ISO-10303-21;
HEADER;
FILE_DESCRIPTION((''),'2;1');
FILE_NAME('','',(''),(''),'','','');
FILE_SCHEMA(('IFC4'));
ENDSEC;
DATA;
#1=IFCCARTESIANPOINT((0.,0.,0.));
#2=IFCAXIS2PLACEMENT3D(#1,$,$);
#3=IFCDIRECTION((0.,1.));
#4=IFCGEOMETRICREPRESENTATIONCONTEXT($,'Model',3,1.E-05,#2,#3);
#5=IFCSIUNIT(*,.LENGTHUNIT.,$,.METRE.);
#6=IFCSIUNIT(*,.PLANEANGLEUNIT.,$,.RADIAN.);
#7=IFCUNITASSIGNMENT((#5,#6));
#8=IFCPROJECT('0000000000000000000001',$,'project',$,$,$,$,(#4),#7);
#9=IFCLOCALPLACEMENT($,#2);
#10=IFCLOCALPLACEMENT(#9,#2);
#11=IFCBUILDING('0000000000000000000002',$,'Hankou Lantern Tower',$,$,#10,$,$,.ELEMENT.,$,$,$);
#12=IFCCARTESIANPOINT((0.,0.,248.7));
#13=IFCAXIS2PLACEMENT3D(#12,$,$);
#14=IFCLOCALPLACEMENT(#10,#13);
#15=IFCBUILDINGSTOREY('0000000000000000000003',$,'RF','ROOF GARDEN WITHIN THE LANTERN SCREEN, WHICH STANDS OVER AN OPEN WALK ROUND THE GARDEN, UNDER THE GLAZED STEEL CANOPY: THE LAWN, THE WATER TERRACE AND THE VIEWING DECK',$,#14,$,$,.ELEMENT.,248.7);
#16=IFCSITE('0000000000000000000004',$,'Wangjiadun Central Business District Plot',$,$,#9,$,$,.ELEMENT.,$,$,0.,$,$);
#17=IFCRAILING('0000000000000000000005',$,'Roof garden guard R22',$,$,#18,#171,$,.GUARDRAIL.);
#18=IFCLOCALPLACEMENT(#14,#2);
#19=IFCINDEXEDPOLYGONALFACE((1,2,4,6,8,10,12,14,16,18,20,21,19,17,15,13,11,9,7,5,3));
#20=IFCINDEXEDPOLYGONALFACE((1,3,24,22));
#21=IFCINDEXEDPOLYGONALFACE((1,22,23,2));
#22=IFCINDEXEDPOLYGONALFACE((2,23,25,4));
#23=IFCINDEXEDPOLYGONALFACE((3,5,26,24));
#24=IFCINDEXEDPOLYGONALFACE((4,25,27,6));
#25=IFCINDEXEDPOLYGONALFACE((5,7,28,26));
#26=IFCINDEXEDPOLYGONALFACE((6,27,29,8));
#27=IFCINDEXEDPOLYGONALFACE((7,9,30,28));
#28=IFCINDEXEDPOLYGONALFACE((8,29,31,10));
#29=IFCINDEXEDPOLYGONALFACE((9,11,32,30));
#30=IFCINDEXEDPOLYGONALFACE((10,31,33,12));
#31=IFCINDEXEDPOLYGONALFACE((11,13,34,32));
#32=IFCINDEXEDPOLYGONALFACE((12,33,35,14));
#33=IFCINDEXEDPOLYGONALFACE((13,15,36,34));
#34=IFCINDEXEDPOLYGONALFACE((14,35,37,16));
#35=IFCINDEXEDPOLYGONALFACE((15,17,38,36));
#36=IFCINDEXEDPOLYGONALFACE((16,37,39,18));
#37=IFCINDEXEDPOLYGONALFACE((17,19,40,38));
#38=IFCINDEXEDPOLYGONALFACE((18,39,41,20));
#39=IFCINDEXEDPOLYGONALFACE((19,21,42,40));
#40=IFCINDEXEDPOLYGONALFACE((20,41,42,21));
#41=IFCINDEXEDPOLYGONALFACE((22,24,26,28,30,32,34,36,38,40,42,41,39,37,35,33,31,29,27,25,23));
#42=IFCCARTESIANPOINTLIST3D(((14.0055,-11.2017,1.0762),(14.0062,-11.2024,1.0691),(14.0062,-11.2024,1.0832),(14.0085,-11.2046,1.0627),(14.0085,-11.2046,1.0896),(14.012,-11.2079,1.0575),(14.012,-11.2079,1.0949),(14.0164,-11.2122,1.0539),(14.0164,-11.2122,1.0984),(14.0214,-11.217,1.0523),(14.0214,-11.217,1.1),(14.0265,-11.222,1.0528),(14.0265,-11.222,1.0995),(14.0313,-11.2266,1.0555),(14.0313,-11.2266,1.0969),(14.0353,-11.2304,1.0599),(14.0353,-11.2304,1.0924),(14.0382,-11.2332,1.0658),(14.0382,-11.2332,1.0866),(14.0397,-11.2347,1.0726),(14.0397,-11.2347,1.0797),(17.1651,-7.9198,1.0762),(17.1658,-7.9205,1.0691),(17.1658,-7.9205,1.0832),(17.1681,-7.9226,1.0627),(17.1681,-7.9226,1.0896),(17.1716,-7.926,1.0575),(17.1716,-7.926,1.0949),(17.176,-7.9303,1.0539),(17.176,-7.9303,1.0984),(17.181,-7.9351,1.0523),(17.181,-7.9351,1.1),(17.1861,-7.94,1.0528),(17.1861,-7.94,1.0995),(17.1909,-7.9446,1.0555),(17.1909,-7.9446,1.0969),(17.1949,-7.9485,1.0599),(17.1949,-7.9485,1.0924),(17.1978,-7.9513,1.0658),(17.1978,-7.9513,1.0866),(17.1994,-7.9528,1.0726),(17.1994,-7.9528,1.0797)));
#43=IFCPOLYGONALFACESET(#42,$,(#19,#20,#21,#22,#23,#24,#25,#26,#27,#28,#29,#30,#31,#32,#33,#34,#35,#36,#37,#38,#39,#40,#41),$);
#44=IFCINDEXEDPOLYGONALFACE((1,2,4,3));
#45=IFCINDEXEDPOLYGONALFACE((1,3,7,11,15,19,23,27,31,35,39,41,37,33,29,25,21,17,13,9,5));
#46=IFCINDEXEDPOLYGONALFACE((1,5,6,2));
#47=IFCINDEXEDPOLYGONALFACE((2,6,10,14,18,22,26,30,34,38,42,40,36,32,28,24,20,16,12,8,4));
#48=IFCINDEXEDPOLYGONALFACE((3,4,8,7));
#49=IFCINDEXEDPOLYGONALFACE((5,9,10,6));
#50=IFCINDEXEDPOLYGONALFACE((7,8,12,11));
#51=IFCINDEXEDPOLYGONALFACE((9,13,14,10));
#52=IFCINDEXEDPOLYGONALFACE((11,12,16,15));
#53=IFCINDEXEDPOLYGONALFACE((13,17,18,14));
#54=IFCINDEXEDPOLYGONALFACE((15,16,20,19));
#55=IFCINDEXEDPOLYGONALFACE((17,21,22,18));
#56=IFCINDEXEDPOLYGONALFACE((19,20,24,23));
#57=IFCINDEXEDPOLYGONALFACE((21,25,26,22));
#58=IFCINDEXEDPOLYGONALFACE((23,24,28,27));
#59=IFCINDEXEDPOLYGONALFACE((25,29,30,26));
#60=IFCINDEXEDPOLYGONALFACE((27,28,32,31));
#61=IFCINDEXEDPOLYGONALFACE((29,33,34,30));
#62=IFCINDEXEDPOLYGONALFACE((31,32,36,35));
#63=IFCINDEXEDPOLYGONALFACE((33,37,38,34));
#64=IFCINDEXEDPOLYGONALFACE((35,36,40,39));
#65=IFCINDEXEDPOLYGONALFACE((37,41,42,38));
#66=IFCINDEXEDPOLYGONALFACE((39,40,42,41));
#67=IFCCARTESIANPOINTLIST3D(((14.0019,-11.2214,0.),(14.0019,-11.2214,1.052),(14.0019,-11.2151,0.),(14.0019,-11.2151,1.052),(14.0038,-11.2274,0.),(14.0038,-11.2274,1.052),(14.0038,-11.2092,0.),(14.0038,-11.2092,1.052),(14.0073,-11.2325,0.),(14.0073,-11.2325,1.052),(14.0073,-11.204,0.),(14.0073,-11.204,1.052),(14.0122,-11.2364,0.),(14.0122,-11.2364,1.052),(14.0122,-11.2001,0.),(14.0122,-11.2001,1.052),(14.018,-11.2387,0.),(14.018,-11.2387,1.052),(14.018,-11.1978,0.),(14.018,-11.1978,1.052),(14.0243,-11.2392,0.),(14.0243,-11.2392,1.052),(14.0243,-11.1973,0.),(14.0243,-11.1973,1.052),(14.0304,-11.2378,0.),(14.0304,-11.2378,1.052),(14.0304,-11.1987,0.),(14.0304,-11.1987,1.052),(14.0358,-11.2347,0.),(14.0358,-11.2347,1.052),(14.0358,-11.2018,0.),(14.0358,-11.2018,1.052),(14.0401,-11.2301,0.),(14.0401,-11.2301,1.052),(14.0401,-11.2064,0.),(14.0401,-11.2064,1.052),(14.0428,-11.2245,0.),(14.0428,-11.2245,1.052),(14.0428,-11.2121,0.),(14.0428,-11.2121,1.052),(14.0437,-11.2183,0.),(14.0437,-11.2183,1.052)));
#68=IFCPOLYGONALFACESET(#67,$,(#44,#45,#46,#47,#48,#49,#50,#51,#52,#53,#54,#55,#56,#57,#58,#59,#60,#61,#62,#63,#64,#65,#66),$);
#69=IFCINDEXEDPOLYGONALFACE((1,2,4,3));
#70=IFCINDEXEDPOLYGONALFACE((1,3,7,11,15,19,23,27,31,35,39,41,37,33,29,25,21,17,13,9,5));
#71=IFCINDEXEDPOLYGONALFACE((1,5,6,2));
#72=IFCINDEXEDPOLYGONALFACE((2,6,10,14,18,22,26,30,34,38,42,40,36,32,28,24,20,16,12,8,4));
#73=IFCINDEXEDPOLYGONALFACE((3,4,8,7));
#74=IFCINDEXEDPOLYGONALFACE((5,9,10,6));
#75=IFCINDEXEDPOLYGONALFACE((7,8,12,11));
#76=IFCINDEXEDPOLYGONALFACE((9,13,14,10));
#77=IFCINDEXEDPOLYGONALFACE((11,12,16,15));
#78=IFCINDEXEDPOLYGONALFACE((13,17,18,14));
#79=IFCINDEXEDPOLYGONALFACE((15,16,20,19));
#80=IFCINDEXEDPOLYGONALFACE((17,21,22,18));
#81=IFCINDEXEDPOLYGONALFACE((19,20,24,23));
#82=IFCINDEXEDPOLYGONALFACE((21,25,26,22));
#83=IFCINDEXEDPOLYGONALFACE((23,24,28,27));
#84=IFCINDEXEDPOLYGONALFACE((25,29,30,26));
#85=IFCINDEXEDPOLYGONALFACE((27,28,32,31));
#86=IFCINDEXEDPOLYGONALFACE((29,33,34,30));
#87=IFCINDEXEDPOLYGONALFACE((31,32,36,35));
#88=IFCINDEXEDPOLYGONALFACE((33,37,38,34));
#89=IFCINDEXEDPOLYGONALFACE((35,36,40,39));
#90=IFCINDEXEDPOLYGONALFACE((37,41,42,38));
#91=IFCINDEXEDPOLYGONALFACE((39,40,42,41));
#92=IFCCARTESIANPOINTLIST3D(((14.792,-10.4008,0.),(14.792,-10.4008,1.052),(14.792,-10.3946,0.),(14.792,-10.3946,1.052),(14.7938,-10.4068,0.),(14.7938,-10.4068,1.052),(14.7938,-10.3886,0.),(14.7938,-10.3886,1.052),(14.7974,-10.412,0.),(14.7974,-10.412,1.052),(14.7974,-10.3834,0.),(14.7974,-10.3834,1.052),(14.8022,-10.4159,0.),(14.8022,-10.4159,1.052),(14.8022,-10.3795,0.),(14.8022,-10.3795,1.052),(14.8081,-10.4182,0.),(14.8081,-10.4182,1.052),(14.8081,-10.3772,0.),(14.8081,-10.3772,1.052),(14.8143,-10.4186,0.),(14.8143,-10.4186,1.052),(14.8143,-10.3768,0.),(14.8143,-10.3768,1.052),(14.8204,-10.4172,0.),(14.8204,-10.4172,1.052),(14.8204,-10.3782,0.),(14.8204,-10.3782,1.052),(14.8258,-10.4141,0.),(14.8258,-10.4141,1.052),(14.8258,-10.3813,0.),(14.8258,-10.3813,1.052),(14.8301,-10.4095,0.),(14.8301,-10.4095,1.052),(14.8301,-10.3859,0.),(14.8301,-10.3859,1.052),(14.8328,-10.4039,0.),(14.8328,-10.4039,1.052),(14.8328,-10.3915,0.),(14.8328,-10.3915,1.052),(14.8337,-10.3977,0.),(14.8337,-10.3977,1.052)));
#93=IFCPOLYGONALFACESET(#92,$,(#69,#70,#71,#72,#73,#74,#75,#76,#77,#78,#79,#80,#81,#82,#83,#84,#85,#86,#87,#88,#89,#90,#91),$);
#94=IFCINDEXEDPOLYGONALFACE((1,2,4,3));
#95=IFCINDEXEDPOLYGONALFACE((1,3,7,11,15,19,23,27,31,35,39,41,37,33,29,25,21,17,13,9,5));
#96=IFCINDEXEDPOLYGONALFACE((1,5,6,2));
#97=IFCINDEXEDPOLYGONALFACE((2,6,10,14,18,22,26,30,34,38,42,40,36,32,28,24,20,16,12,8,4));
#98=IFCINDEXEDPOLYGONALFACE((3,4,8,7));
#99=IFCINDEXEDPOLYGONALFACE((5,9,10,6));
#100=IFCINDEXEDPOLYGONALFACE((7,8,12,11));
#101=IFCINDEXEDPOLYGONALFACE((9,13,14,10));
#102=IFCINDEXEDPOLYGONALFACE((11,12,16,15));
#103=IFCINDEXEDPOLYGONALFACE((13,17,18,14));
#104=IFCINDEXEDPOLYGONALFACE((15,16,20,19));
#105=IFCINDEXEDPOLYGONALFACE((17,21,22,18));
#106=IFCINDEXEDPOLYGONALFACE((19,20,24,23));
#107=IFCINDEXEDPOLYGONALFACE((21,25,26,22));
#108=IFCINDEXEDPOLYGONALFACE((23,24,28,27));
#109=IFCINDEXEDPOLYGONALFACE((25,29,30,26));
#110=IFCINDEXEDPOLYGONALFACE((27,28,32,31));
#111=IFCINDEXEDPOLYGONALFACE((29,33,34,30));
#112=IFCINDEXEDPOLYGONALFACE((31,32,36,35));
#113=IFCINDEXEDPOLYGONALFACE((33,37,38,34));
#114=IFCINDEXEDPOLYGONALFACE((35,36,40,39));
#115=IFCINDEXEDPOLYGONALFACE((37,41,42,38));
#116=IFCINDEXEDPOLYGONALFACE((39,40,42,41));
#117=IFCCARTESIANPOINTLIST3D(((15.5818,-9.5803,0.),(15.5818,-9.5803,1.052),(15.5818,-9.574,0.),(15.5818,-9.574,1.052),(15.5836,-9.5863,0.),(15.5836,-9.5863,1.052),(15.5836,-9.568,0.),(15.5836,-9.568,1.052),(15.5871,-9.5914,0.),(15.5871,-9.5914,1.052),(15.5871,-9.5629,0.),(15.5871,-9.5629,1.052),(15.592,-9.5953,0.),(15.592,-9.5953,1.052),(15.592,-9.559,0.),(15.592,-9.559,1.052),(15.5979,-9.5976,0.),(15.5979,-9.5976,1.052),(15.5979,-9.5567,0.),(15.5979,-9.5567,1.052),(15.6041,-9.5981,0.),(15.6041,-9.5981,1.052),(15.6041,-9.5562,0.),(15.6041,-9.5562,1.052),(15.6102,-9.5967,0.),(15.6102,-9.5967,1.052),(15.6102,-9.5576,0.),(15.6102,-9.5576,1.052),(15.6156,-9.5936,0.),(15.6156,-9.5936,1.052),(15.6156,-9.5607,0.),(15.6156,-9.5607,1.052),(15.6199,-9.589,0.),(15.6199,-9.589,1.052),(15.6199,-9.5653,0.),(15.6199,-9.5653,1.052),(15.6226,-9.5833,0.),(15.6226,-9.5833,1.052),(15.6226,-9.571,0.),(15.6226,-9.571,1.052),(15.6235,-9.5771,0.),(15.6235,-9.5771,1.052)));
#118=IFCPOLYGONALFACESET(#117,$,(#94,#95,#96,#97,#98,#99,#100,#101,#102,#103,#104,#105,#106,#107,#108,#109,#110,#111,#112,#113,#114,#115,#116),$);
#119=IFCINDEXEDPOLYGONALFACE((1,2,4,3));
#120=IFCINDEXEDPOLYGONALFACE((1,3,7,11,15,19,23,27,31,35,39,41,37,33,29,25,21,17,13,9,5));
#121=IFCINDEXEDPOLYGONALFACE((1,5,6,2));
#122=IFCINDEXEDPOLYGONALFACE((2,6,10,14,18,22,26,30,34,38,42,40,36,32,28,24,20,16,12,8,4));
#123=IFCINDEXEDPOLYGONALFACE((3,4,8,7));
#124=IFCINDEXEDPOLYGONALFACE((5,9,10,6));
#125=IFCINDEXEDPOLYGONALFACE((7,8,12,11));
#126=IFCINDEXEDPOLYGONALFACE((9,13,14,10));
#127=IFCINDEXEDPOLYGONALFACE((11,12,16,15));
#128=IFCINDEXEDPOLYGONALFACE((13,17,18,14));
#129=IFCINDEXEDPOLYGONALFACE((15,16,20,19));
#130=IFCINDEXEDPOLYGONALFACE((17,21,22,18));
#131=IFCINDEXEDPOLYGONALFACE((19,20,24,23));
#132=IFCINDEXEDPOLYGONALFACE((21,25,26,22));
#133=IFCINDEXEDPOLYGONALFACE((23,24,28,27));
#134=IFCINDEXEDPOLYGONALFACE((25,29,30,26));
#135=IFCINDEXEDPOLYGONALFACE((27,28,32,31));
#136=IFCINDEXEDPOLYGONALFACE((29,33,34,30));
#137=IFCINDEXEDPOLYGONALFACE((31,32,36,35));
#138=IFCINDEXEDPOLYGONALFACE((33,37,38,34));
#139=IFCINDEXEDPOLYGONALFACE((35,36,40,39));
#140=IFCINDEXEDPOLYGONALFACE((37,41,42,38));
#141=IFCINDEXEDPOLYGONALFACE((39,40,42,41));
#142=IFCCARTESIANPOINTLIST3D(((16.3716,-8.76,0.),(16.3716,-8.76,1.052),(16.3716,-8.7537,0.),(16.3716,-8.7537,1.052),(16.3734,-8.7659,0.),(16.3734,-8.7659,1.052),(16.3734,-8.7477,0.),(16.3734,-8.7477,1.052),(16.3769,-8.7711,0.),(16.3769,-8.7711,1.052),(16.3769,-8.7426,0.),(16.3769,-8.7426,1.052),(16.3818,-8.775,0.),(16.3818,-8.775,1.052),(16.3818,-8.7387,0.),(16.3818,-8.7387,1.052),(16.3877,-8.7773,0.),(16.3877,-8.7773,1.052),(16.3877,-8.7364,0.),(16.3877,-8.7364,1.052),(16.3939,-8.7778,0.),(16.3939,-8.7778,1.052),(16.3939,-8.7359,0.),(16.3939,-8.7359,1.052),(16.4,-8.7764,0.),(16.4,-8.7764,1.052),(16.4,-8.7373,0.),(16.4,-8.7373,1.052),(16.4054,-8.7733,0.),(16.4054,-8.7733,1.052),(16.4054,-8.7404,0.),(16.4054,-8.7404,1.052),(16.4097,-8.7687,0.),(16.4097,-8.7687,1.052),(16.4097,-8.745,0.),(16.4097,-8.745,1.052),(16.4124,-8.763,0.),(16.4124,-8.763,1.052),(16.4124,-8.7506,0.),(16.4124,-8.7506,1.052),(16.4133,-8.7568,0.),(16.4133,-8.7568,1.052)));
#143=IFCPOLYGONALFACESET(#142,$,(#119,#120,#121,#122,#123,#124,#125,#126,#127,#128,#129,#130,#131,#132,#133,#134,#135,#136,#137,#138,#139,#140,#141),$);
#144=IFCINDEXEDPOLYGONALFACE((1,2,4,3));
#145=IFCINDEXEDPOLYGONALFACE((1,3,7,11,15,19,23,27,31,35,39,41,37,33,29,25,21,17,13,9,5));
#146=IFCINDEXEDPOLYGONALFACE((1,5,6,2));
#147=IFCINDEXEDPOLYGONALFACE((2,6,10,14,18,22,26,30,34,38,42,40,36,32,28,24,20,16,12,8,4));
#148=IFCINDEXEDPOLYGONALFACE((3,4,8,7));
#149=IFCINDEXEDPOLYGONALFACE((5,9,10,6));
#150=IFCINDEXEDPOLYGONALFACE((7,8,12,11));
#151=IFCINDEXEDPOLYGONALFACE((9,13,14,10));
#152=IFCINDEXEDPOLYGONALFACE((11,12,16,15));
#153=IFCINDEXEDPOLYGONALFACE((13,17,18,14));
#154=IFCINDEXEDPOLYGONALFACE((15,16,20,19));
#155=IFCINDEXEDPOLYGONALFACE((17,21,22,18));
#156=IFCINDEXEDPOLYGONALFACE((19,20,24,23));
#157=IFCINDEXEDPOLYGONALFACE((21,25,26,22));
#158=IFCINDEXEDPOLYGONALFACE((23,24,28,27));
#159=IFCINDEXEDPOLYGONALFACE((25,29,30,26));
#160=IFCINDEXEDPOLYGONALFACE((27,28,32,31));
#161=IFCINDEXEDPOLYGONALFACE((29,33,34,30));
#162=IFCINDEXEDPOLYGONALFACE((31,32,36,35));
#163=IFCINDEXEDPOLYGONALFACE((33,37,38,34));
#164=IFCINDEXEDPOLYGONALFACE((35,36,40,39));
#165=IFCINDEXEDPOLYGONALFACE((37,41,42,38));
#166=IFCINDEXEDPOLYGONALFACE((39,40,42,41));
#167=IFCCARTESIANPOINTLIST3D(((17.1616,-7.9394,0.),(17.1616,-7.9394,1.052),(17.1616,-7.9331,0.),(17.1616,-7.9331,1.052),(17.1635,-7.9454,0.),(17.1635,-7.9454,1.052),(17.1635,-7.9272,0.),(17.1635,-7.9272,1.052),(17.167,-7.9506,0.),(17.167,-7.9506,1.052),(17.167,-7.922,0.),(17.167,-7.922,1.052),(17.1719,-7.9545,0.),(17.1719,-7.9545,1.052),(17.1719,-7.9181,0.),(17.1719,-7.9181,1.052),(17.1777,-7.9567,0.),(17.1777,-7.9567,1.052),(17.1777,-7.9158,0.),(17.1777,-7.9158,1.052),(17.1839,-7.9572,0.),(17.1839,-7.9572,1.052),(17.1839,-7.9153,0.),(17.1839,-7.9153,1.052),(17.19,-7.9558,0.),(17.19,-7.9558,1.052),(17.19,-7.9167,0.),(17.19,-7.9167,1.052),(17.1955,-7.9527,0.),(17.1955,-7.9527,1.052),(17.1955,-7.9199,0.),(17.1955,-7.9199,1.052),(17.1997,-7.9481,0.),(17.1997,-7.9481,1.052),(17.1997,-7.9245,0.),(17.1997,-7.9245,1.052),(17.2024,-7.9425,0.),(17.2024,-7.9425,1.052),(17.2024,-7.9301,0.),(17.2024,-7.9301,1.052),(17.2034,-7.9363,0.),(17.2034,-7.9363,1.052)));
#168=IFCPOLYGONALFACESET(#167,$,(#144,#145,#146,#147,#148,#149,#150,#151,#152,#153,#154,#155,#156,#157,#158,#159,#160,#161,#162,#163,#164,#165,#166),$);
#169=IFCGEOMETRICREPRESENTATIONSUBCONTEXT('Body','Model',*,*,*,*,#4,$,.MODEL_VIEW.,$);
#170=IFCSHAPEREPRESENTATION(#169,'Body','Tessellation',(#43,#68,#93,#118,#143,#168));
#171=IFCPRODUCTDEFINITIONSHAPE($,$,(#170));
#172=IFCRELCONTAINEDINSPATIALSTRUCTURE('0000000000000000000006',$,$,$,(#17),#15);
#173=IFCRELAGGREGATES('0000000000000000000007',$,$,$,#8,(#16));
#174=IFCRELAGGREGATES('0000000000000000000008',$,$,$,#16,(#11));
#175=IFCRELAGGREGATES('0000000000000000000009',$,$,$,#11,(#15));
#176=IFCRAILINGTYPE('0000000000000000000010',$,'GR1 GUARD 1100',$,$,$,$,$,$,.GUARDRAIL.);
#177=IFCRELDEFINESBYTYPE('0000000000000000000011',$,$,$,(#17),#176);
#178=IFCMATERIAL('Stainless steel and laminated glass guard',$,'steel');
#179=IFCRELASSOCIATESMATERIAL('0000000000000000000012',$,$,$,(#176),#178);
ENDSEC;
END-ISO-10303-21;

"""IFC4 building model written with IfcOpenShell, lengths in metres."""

from ifc_helpers import new_model, si_unit, direction, frame, origin, origin_2d, place, context, subcontext, project, spatial, circle, extrude, material, type_object, element, save


model = new_model("IFC4")

# Units and contexts
model_context = context("Model", 3, precision=1e-05, world=origin(), true_north=direction((0.0, 1.0)))
body_context = subcontext(model_context, "Body", "Model", "MODEL_VIEW")
ifc_project = project(units=[si_unit("LENGTHUNIT", "METRE"), si_unit("PLANEANGLEUNIT", "RADIAN")], contexts=[model_context])

# Site, building, storey
site_placement = place(None, origin())
site = spatial("IfcSite", under=ifc_project, at=site_placement, Name="Wangjiadun Central Business District Plot", CompositionType="ELEMENT", RefElevation=0.0)
building_placement = place(site_placement, origin())
building = spatial("IfcBuilding", under=site, at=building_placement, Name="Hankou Lantern Tower", CompositionType="ELEMENT")
storey_placement = place(building_placement, frame((0.0, 0.0, 248.7)))
storey = spatial("IfcBuildingStorey", under=building, at=storey_placement, Name="RF", Description="ROOF GARDEN WITHIN THE LANTERN SCREEN, WHICH STANDS OVER AN OPEN WALK ROUND THE GARDEN, UNDER THE GLAZED STEEL CANOPY: THE LAWN, THE WATER TERRACE AND THE VIEWING DECK", CompositionType="ELEMENT", Elevation=248.7)

# Railing
ifc_material_1 = material(Name="Stainless steel and laminated glass guard", Category="steel")
railing_type = type_object("IfcRailingType", Name="GR1 GUARD 1100", PredefinedType="GUARDRAIL", material=ifc_material_1)
railing_1_placement = place(storey_placement, frame((14.0227, -11.2183, 0.0)))
element("IfcRailing", 1, at=railing_1_placement, inside=storey, type_object=railing_type, Name="Roof garden guard R22", PredefinedType="GUARDRAIL", context=body_context, shape_type="SweptSolid", body=[
    extrude(circle(Radius=0.0239, at=origin_2d()), frame((0.0, 0.0, 1.0762), z_axis=(0.693555, 0.720404, 0.0), x_axis=(-0.720404, 0.693555, 0.0)), (0.0, 0.0, 1.0), 4.5557),
    extrude(circle(Radius=0.021, at=origin_2d()), origin(), (0.0, 0.0, 1.0), 1.052),
    extrude(circle(Radius=0.021, at=origin_2d()), frame((0.79, 0.8206, 0.0)), (0.0, 0.0, 1.0), 1.052),
    extrude(circle(Radius=0.021, at=origin_2d()), frame((1.5798, 1.6411, 0.0)), (0.0, 0.0, 1.0), 1.052),
    extrude(circle(Radius=0.021, at=origin_2d()), frame((2.3696, 2.4614, 0.0)), (0.0, 0.0, 1.0), 1.052),
    extrude(circle(Radius=0.021, at=origin_2d()), frame((3.1597, 3.282, 0.0)), (0.0, 0.0, 1.0), 1.052),
])

save(model, "model.ifc")
